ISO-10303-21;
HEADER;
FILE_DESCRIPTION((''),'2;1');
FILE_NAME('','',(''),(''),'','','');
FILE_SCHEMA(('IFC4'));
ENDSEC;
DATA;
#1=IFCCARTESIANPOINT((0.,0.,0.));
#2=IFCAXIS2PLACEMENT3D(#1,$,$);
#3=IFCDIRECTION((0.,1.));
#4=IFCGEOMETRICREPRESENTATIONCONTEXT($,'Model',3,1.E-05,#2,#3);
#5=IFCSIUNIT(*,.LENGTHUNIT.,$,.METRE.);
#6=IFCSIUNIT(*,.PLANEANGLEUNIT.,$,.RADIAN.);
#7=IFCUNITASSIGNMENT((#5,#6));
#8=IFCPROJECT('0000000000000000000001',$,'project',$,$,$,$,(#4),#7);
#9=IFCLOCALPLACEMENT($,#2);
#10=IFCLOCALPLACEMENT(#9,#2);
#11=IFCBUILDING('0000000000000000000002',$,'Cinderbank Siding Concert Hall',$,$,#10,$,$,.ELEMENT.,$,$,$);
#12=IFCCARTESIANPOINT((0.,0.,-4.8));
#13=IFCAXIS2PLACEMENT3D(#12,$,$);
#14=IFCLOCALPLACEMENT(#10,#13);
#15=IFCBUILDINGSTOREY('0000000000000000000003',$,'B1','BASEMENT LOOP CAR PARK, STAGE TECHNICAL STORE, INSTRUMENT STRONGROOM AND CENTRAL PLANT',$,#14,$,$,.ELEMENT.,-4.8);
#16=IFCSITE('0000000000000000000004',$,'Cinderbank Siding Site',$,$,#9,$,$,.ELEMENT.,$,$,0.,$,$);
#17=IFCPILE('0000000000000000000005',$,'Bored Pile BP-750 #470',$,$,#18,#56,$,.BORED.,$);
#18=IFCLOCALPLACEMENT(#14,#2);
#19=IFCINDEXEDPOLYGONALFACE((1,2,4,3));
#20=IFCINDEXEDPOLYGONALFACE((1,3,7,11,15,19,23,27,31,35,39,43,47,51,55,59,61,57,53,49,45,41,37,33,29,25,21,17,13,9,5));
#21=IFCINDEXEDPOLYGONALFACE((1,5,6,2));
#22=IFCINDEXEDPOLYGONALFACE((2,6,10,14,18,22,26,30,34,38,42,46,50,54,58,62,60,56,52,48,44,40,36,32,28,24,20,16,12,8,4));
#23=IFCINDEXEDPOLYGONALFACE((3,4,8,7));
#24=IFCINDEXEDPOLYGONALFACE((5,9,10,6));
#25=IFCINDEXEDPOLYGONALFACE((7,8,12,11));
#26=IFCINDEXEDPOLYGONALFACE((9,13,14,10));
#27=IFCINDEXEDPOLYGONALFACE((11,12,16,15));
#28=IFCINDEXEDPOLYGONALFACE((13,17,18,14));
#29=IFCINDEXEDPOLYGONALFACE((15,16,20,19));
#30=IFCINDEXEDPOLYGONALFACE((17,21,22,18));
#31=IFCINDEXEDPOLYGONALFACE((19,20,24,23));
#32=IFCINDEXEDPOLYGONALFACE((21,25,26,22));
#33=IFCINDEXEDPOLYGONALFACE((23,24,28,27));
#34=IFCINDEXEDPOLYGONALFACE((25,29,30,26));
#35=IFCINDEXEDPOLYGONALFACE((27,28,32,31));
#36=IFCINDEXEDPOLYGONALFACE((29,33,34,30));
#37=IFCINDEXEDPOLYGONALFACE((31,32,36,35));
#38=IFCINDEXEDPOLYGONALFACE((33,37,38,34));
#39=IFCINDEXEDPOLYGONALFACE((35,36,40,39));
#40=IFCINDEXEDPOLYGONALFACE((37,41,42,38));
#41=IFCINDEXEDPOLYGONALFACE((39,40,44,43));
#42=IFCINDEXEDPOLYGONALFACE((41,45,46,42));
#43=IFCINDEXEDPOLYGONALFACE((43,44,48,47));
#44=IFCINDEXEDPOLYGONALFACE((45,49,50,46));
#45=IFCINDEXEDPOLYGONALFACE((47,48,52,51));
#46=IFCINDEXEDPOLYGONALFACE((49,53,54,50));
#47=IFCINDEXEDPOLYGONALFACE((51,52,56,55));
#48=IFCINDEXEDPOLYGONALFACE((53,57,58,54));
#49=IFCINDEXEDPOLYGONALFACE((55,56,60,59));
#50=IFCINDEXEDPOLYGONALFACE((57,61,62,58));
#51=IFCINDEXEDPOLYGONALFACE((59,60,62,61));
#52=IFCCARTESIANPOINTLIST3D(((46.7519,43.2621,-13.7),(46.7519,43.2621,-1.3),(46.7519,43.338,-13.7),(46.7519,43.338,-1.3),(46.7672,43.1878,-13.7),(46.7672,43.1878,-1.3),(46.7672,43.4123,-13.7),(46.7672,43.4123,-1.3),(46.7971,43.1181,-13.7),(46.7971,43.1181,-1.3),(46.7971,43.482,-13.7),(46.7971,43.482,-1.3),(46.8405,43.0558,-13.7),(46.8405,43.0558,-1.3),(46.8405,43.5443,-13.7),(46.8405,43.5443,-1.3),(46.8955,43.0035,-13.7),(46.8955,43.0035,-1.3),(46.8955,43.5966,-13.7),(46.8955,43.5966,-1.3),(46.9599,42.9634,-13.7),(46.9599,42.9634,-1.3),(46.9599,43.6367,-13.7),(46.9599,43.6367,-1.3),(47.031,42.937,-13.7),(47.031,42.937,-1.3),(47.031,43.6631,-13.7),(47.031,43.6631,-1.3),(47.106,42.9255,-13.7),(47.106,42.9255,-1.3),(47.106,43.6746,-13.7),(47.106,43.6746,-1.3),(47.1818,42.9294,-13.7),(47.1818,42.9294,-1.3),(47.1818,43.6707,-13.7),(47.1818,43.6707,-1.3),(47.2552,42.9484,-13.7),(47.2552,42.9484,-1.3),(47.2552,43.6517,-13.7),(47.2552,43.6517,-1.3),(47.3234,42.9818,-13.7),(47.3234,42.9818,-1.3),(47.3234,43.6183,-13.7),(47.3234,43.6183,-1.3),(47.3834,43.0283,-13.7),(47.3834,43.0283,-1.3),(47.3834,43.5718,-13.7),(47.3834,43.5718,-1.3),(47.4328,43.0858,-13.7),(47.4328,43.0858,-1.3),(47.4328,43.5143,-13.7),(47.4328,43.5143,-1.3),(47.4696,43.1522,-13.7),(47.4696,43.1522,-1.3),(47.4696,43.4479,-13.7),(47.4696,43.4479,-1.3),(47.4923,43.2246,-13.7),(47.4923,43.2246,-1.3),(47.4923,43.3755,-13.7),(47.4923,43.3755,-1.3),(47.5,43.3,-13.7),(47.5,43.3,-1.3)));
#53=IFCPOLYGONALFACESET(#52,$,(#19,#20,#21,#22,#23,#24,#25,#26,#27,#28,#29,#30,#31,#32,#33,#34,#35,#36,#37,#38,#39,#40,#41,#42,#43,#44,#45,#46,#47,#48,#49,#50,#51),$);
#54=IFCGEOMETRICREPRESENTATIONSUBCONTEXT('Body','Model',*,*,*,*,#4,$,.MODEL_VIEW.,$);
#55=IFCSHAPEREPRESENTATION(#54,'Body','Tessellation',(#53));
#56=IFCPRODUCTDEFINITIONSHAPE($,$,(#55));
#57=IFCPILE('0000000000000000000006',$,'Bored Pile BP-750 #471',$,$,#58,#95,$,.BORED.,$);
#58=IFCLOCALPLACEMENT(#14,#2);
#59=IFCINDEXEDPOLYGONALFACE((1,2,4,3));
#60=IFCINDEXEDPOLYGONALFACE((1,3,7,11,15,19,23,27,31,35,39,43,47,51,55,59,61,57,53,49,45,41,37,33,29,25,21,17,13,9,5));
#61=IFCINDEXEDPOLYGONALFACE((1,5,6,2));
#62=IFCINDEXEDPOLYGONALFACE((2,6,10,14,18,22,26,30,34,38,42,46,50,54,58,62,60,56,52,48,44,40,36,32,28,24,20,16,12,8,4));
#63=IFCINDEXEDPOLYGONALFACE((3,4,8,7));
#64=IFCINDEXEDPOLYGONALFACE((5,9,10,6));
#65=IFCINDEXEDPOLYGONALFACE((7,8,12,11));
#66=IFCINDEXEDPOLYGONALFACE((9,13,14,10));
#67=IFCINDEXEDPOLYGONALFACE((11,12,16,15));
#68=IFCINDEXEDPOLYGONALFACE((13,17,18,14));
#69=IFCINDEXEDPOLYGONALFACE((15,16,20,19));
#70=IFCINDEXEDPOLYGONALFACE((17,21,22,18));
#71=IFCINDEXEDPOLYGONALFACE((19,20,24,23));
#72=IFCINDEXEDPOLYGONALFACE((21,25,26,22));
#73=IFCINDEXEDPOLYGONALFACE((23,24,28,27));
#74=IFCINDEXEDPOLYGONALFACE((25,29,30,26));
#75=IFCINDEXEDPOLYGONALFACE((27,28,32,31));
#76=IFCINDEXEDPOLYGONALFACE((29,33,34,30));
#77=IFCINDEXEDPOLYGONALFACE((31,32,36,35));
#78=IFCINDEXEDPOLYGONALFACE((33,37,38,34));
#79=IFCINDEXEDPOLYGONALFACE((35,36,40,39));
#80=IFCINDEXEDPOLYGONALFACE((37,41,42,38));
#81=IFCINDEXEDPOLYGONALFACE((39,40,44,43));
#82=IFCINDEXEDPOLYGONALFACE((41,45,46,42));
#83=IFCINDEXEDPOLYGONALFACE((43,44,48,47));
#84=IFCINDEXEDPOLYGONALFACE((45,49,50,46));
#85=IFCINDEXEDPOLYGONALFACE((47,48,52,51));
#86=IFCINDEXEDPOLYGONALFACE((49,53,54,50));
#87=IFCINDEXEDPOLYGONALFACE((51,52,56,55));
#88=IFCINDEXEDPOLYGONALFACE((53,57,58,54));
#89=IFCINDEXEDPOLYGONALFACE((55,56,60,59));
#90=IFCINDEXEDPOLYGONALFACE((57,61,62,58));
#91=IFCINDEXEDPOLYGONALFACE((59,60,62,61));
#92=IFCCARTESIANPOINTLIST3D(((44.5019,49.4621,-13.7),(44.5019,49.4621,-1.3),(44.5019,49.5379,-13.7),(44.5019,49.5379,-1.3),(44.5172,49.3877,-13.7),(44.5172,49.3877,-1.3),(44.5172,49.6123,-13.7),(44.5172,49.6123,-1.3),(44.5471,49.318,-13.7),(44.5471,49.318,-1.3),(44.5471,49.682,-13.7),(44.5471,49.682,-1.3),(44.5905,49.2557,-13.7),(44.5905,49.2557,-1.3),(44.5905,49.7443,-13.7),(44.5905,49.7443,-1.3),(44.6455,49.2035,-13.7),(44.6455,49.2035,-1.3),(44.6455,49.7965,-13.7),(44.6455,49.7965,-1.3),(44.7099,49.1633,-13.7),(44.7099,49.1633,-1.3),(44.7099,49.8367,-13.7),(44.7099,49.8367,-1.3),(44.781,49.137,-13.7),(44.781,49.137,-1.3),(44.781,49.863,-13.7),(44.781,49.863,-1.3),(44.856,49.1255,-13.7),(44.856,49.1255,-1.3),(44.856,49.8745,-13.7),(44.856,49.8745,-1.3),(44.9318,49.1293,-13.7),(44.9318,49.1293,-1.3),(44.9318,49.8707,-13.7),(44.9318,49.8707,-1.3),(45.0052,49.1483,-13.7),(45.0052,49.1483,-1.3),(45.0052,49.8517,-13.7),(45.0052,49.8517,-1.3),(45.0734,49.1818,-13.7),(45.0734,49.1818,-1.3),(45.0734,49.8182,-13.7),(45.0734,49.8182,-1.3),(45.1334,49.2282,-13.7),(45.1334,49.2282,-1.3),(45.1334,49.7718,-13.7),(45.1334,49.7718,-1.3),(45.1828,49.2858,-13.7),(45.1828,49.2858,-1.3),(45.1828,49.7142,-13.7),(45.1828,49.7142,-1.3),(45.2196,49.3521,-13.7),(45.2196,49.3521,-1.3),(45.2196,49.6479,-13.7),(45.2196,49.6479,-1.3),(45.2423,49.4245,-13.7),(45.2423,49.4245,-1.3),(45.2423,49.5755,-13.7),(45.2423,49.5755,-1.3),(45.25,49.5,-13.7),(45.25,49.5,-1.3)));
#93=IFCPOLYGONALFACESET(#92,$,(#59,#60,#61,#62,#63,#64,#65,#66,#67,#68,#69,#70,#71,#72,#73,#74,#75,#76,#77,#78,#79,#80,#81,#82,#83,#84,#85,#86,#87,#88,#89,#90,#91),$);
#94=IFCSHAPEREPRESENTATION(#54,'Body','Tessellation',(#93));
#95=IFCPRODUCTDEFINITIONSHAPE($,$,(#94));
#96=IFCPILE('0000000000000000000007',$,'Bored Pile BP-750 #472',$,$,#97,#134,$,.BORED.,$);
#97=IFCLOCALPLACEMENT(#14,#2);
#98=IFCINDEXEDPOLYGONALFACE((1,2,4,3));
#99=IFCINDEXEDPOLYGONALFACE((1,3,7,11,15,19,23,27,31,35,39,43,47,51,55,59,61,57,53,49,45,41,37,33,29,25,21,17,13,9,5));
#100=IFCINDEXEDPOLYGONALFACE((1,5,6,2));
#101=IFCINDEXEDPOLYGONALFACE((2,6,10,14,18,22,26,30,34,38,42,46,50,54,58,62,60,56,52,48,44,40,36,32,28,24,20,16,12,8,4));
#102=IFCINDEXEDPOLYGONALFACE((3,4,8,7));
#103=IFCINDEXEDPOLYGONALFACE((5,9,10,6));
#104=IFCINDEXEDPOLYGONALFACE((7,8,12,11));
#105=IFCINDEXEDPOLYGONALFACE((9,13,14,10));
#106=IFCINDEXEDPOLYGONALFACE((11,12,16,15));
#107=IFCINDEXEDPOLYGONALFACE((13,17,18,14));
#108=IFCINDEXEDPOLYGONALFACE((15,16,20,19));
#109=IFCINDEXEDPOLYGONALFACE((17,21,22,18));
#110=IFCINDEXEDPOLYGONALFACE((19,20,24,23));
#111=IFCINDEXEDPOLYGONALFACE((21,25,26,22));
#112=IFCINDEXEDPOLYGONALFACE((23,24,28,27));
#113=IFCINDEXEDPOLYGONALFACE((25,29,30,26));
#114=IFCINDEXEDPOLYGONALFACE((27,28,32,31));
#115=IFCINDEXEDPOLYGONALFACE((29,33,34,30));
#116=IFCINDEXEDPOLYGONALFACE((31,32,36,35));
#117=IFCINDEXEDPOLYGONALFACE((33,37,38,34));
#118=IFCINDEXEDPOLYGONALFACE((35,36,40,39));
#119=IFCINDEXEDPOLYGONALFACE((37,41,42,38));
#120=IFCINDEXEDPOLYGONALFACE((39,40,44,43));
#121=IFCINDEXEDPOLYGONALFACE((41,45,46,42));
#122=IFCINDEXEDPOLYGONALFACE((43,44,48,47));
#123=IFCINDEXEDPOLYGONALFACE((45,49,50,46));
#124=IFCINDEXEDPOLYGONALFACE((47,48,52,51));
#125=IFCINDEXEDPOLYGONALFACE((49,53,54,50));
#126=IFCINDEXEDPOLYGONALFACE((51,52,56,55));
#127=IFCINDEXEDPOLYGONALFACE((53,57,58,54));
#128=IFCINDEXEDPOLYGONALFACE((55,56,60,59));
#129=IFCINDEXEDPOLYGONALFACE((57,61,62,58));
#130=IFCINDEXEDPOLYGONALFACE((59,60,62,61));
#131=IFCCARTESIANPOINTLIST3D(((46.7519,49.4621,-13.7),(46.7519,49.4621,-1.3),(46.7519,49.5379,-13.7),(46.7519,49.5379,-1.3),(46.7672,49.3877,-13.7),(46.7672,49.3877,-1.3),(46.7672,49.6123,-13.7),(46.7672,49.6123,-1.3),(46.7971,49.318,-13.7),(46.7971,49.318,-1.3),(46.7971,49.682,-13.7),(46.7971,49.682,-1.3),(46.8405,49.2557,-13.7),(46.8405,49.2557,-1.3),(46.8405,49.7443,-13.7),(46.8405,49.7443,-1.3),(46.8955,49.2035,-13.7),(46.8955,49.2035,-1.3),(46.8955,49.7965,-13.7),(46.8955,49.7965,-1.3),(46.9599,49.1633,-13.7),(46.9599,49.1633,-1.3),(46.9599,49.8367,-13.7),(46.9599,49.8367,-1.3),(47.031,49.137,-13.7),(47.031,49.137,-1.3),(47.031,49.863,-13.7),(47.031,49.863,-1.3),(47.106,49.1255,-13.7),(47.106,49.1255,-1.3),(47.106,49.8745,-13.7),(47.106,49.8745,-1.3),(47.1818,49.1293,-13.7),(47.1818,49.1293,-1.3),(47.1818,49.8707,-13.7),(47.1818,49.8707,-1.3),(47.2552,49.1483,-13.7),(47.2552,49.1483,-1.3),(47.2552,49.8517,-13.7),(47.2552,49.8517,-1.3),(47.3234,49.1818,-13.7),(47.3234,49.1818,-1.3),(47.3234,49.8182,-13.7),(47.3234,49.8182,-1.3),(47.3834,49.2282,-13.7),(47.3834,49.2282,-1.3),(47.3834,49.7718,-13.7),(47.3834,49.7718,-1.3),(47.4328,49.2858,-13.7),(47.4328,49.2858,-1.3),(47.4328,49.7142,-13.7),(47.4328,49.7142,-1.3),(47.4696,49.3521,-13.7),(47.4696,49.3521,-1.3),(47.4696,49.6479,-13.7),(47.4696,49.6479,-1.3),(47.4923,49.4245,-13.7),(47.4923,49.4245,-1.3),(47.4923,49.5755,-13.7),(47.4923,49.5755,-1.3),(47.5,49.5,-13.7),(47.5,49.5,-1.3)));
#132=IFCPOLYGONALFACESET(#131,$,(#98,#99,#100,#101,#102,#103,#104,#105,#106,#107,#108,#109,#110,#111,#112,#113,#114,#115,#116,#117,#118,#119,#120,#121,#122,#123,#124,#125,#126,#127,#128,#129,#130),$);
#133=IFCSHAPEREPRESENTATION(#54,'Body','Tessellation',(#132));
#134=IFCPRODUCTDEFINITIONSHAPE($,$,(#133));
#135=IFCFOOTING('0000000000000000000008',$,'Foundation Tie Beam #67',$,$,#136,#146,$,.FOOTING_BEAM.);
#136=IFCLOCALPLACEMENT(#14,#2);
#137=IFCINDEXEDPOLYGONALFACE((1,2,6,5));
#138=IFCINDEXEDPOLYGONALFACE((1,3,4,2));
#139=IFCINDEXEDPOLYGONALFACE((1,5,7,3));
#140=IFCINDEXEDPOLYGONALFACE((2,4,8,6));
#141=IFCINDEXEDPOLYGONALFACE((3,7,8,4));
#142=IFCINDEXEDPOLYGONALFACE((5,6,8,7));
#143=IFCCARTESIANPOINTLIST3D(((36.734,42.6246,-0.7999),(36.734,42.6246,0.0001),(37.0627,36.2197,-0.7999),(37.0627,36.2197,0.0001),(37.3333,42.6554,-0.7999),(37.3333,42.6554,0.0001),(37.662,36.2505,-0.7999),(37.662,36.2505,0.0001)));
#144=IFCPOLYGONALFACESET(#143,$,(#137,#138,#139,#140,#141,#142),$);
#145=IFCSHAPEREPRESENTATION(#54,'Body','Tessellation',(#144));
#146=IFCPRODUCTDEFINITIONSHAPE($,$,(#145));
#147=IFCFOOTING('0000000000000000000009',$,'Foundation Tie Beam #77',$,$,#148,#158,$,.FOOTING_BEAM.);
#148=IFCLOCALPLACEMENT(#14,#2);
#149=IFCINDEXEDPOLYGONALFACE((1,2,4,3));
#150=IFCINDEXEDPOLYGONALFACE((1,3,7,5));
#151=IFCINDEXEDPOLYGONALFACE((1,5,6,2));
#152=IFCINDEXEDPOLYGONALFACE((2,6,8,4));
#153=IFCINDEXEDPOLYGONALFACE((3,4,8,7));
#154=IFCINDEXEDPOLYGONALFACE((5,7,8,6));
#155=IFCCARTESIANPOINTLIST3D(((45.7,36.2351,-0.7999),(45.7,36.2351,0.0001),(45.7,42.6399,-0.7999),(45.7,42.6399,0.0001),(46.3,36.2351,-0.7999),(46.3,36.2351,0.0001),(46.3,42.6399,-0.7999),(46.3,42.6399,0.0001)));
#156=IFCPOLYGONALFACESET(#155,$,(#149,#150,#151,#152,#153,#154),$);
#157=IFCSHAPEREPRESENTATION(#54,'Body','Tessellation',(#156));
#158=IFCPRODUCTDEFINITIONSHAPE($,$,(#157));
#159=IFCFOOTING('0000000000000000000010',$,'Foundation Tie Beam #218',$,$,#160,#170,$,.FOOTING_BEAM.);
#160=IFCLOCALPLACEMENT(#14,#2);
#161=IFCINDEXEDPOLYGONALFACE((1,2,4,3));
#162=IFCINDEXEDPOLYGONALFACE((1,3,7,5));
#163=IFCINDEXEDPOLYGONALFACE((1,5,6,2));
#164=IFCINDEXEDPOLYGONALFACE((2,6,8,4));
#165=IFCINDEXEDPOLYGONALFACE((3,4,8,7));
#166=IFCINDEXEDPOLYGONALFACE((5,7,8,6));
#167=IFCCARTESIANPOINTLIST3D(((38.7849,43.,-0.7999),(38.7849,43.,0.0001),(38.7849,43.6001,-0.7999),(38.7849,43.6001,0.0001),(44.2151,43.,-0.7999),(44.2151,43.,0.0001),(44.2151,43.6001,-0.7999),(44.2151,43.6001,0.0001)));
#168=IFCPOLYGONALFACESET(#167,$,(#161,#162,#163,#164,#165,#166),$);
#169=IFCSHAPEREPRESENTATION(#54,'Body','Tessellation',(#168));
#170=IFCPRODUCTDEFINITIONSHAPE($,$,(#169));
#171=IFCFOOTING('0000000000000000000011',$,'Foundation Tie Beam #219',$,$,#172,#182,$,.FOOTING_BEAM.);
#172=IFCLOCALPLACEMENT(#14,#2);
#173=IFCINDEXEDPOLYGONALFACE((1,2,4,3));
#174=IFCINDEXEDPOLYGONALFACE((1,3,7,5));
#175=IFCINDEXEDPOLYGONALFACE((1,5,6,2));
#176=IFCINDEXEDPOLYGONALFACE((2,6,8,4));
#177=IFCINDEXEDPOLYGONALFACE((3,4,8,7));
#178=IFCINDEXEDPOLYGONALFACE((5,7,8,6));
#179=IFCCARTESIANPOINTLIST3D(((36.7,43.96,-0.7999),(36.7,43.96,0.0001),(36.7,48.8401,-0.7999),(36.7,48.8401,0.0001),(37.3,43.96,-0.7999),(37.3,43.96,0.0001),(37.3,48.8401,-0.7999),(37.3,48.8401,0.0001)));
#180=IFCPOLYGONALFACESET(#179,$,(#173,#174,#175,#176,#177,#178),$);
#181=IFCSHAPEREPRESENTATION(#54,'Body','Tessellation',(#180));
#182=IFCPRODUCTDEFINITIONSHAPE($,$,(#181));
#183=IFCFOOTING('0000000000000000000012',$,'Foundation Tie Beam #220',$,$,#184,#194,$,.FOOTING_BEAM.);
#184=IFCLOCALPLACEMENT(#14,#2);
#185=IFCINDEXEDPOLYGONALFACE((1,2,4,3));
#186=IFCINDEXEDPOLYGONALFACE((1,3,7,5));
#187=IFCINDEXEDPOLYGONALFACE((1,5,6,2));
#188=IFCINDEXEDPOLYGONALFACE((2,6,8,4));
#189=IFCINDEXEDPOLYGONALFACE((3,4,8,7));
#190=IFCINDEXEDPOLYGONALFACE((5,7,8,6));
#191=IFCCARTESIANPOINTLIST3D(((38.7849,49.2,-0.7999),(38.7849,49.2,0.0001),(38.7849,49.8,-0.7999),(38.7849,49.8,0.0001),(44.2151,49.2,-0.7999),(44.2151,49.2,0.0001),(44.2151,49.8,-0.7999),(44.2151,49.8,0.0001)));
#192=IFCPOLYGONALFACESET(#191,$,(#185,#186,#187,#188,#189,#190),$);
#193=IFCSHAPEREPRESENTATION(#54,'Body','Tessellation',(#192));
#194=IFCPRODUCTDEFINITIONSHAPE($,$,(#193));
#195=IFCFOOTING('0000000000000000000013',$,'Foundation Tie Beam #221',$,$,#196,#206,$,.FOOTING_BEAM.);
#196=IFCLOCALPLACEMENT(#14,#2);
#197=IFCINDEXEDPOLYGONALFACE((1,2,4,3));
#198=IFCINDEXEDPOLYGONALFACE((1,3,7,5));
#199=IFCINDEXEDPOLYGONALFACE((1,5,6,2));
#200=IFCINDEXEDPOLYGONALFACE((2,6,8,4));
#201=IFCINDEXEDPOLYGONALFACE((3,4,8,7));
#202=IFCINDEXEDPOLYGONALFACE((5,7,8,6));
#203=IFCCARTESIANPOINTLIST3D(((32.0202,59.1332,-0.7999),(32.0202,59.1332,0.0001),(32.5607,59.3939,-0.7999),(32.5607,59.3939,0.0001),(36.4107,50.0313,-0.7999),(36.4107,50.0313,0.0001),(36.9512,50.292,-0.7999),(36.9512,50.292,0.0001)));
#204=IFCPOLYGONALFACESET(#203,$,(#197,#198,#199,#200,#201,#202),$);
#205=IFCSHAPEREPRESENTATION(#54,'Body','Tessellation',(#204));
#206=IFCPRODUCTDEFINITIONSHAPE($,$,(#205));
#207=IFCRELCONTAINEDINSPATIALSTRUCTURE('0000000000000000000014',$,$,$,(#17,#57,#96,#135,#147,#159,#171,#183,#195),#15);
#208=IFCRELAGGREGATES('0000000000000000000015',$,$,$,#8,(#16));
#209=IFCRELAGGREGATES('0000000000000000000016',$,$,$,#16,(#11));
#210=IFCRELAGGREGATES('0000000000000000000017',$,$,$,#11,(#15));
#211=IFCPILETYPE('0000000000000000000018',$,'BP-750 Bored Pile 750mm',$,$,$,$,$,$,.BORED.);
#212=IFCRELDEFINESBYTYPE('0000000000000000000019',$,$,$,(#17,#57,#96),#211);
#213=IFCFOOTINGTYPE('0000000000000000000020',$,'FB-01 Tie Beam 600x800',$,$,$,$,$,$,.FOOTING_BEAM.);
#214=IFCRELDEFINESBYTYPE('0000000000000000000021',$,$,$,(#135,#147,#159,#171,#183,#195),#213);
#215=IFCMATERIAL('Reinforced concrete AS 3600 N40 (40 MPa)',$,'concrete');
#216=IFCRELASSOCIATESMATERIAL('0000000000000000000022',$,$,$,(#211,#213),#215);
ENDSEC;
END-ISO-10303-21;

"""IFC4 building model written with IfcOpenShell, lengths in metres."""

from ifc_helpers import new_model, si_unit, direction, frame, origin, origin_2d, place, context, subcontext, project, spatial, rectangle, circle, extrude, material, material_profile, profile_set, type_object, element, save


model = new_model("IFC4")

# Units and contexts
model_context = context("Model", 3, precision=1e-05, world=origin(), true_north=direction((0.0, 1.0)))
body_context = subcontext(model_context, "Body", "Model", "MODEL_VIEW")
ifc_project = project(units=[si_unit("LENGTHUNIT", "METRE"), si_unit("PLANEANGLEUNIT", "RADIAN")], contexts=[model_context])

# Site, building, storey
site_placement = place(None, origin())
site = spatial("IfcSite", under=ifc_project, at=site_placement, Name="Cinderbank Siding Site", CompositionType="ELEMENT", RefElevation=0.0)
building_placement = place(site_placement, origin())
building = spatial("IfcBuilding", under=site, at=building_placement, Name="Cinderbank Siding Concert Hall", CompositionType="ELEMENT")
storey_placement = place(building_placement, frame((0.0, 0.0, -4.8)))
storey = spatial("IfcBuildingStorey", under=building, at=storey_placement, Name="B1", Description="BASEMENT LOOP CAR PARK, STAGE TECHNICAL STORE, INSTRUMENT STRONGROOM AND CENTRAL PLANT", CompositionType="ELEMENT", Elevation=-4.8)

# Piles
ifc_material_1 = material(Name="Reinforced concrete AS 3600 N40 (40 MPa)", Category="concrete")
ifc_material_profile_1 = material_profile(ifc_material_1, circle(Radius=0.375, at=origin_2d()), Name="PILE-750DIA", Category="LoadBearing")
ifc_profile_set_1 = profile_set([ifc_material_profile_1], Name="Reinforced concrete AS 3600 N40 (40 MPa)")
pile_type = type_object("IfcPileType", Name="BP-750 Bored Pile 750mm", PredefinedType="BORED", material=ifc_profile_set_1)
for number, where, z_axis, x_axis, name in (
    (1, (47.125, 43.3, -1.3), (0.0, 0.0, -1.0), (1.0, 0.0, 0.0), "Bored Pile BP-750 #470"),
    (2, (44.875, 49.5, -1.3), (0.0, 0.0, -1.0), (1.0, 0.0, 0.0), "Bored Pile BP-750 #471"),
    (3, (47.125, 49.5, -1.3), (0.0, 0.0, -1.0), (1.0, 0.0, 0.0), "Bored Pile BP-750 #472"),
):
    element("IfcPile", number, at=place(storey_placement, frame(where, z_axis=z_axis, x_axis=x_axis)), inside=storey, type_object=pile_type, Name=name, PredefinedType="BORED", context=body_context, shape_type="SweptSolid", body=[
        extrude(circle(Radius=0.375, at=origin_2d()), origin(), (0.0, 0.0, 1.0), 12.3999),
    ])

# Footings
ifc_material_profile_2 = material_profile(ifc_material_1, rectangle(XDim=0.6001, YDim=0.8, at=origin_2d()), Name="RC-FB-600x800", Category="LoadBearing")
ifc_profile_set_2 = profile_set([ifc_material_profile_2], Name="Reinforced concrete AS 3600 N40 (40 MPa)")
footing_type_1 = type_object("IfcFootingType", Name="FB-01 Tie Beam 600x800", PredefinedType="FOOTING_BEAM", material=ifc_profile_set_2)
footing_1_placement = place(storey_placement, frame((37.3623, 36.2351, -0.3999), z_axis=(-0.05124, 0.998686, 0.0), x_axis=(-0.998686, -0.05124, 0.0)))
element("IfcFooting", 4, at=footing_1_placement, inside=storey, type_object=footing_type_1, Name="Foundation Tie Beam #67", PredefinedType="FOOTING_BEAM", context=body_context, shape_type="SweptSolid", body=[
    extrude(rectangle(XDim=0.6001, YDim=0.8, at=origin_2d()), origin(), (0.0, 0.0, 1.0), 6.4133),
])
footing_2_placement = place(storey_placement, frame((46.0, 36.2351, -0.3999), z_axis=(0.0, 1.0, 0.0), x_axis=(-1.0, 0.0, 0.0)))
element("IfcFooting", 5, at=footing_2_placement, inside=storey, type_object=footing_type_1, Name="Foundation Tie Beam #77", PredefinedType="FOOTING_BEAM", context=body_context, shape_type="SweptSolid", body=[
    extrude(rectangle(XDim=0.6001, YDim=0.8, at=origin_2d()), origin(), (0.0, 0.0, 1.0), 6.4048),
])
footing_3_placement = place(storey_placement, frame((38.7849, 43.3, -0.3999), z_axis=(1.0, 0.0, 0.0), x_axis=(0.0, 1.0, 0.0)))
element("IfcFooting", 6, at=footing_3_placement, inside=storey, type_object=footing_type_1, Name="Foundation Tie Beam #218", PredefinedType="FOOTING_BEAM", context=body_context, shape_type="SweptSolid", body=[
    extrude(rectangle(XDim=0.6001, YDim=0.8, at=origin_2d()), origin(), (0.0, 0.0, 1.0), 5.4302),
])
footing_4_placement = place(storey_placement, frame((37.0, 43.96, -0.3999), z_axis=(0.0, 1.0, 0.0), x_axis=(-1.0, 0.0, 0.0)))
element("IfcFooting", 7, at=footing_4_placement, inside=storey, type_object=footing_type_1, Name="Foundation Tie Beam #219", PredefinedType="FOOTING_BEAM", context=body_context, shape_type="SweptSolid", body=[
    extrude(rectangle(XDim=0.6001, YDim=0.8, at=origin_2d()), origin(), (0.0, 0.0, 1.0), 4.8801),
])
footing_5_placement = place(storey_placement, frame((38.7849, 49.5, -0.3999), z_axis=(1.0, 0.0, 0.0), x_axis=(0.0, 1.0, 0.0)))
element("IfcFooting", 8, at=footing_5_placement, inside=storey, type_object=footing_type_1, Name="Foundation Tie Beam #220", PredefinedType="FOOTING_BEAM", context=body_context, shape_type="SweptSolid", body=[
    extrude(rectangle(XDim=0.6001, YDim=0.8, at=origin_2d()), origin(), (0.0, 0.0, 1.0), 5.4302),
])
footing_6_placement = place(storey_placement, frame((36.6809, 50.1616, -0.3999), z_axis=(-0.434461, 0.900691, 0.0), x_axis=(-0.900691, -0.434461, 0.0)))
element("IfcFooting", 9, at=footing_6_placement, inside=storey, type_object=footing_type_1, Name="Foundation Tie Beam #221", PredefinedType="FOOTING_BEAM", context=body_context, shape_type="SweptSolid", body=[
    extrude(rectangle(XDim=0.6001, YDim=0.8, at=origin_2d()), origin(), (0.0, 0.0, 1.0), 10.1055),
])

save(model, "model.ifc")
